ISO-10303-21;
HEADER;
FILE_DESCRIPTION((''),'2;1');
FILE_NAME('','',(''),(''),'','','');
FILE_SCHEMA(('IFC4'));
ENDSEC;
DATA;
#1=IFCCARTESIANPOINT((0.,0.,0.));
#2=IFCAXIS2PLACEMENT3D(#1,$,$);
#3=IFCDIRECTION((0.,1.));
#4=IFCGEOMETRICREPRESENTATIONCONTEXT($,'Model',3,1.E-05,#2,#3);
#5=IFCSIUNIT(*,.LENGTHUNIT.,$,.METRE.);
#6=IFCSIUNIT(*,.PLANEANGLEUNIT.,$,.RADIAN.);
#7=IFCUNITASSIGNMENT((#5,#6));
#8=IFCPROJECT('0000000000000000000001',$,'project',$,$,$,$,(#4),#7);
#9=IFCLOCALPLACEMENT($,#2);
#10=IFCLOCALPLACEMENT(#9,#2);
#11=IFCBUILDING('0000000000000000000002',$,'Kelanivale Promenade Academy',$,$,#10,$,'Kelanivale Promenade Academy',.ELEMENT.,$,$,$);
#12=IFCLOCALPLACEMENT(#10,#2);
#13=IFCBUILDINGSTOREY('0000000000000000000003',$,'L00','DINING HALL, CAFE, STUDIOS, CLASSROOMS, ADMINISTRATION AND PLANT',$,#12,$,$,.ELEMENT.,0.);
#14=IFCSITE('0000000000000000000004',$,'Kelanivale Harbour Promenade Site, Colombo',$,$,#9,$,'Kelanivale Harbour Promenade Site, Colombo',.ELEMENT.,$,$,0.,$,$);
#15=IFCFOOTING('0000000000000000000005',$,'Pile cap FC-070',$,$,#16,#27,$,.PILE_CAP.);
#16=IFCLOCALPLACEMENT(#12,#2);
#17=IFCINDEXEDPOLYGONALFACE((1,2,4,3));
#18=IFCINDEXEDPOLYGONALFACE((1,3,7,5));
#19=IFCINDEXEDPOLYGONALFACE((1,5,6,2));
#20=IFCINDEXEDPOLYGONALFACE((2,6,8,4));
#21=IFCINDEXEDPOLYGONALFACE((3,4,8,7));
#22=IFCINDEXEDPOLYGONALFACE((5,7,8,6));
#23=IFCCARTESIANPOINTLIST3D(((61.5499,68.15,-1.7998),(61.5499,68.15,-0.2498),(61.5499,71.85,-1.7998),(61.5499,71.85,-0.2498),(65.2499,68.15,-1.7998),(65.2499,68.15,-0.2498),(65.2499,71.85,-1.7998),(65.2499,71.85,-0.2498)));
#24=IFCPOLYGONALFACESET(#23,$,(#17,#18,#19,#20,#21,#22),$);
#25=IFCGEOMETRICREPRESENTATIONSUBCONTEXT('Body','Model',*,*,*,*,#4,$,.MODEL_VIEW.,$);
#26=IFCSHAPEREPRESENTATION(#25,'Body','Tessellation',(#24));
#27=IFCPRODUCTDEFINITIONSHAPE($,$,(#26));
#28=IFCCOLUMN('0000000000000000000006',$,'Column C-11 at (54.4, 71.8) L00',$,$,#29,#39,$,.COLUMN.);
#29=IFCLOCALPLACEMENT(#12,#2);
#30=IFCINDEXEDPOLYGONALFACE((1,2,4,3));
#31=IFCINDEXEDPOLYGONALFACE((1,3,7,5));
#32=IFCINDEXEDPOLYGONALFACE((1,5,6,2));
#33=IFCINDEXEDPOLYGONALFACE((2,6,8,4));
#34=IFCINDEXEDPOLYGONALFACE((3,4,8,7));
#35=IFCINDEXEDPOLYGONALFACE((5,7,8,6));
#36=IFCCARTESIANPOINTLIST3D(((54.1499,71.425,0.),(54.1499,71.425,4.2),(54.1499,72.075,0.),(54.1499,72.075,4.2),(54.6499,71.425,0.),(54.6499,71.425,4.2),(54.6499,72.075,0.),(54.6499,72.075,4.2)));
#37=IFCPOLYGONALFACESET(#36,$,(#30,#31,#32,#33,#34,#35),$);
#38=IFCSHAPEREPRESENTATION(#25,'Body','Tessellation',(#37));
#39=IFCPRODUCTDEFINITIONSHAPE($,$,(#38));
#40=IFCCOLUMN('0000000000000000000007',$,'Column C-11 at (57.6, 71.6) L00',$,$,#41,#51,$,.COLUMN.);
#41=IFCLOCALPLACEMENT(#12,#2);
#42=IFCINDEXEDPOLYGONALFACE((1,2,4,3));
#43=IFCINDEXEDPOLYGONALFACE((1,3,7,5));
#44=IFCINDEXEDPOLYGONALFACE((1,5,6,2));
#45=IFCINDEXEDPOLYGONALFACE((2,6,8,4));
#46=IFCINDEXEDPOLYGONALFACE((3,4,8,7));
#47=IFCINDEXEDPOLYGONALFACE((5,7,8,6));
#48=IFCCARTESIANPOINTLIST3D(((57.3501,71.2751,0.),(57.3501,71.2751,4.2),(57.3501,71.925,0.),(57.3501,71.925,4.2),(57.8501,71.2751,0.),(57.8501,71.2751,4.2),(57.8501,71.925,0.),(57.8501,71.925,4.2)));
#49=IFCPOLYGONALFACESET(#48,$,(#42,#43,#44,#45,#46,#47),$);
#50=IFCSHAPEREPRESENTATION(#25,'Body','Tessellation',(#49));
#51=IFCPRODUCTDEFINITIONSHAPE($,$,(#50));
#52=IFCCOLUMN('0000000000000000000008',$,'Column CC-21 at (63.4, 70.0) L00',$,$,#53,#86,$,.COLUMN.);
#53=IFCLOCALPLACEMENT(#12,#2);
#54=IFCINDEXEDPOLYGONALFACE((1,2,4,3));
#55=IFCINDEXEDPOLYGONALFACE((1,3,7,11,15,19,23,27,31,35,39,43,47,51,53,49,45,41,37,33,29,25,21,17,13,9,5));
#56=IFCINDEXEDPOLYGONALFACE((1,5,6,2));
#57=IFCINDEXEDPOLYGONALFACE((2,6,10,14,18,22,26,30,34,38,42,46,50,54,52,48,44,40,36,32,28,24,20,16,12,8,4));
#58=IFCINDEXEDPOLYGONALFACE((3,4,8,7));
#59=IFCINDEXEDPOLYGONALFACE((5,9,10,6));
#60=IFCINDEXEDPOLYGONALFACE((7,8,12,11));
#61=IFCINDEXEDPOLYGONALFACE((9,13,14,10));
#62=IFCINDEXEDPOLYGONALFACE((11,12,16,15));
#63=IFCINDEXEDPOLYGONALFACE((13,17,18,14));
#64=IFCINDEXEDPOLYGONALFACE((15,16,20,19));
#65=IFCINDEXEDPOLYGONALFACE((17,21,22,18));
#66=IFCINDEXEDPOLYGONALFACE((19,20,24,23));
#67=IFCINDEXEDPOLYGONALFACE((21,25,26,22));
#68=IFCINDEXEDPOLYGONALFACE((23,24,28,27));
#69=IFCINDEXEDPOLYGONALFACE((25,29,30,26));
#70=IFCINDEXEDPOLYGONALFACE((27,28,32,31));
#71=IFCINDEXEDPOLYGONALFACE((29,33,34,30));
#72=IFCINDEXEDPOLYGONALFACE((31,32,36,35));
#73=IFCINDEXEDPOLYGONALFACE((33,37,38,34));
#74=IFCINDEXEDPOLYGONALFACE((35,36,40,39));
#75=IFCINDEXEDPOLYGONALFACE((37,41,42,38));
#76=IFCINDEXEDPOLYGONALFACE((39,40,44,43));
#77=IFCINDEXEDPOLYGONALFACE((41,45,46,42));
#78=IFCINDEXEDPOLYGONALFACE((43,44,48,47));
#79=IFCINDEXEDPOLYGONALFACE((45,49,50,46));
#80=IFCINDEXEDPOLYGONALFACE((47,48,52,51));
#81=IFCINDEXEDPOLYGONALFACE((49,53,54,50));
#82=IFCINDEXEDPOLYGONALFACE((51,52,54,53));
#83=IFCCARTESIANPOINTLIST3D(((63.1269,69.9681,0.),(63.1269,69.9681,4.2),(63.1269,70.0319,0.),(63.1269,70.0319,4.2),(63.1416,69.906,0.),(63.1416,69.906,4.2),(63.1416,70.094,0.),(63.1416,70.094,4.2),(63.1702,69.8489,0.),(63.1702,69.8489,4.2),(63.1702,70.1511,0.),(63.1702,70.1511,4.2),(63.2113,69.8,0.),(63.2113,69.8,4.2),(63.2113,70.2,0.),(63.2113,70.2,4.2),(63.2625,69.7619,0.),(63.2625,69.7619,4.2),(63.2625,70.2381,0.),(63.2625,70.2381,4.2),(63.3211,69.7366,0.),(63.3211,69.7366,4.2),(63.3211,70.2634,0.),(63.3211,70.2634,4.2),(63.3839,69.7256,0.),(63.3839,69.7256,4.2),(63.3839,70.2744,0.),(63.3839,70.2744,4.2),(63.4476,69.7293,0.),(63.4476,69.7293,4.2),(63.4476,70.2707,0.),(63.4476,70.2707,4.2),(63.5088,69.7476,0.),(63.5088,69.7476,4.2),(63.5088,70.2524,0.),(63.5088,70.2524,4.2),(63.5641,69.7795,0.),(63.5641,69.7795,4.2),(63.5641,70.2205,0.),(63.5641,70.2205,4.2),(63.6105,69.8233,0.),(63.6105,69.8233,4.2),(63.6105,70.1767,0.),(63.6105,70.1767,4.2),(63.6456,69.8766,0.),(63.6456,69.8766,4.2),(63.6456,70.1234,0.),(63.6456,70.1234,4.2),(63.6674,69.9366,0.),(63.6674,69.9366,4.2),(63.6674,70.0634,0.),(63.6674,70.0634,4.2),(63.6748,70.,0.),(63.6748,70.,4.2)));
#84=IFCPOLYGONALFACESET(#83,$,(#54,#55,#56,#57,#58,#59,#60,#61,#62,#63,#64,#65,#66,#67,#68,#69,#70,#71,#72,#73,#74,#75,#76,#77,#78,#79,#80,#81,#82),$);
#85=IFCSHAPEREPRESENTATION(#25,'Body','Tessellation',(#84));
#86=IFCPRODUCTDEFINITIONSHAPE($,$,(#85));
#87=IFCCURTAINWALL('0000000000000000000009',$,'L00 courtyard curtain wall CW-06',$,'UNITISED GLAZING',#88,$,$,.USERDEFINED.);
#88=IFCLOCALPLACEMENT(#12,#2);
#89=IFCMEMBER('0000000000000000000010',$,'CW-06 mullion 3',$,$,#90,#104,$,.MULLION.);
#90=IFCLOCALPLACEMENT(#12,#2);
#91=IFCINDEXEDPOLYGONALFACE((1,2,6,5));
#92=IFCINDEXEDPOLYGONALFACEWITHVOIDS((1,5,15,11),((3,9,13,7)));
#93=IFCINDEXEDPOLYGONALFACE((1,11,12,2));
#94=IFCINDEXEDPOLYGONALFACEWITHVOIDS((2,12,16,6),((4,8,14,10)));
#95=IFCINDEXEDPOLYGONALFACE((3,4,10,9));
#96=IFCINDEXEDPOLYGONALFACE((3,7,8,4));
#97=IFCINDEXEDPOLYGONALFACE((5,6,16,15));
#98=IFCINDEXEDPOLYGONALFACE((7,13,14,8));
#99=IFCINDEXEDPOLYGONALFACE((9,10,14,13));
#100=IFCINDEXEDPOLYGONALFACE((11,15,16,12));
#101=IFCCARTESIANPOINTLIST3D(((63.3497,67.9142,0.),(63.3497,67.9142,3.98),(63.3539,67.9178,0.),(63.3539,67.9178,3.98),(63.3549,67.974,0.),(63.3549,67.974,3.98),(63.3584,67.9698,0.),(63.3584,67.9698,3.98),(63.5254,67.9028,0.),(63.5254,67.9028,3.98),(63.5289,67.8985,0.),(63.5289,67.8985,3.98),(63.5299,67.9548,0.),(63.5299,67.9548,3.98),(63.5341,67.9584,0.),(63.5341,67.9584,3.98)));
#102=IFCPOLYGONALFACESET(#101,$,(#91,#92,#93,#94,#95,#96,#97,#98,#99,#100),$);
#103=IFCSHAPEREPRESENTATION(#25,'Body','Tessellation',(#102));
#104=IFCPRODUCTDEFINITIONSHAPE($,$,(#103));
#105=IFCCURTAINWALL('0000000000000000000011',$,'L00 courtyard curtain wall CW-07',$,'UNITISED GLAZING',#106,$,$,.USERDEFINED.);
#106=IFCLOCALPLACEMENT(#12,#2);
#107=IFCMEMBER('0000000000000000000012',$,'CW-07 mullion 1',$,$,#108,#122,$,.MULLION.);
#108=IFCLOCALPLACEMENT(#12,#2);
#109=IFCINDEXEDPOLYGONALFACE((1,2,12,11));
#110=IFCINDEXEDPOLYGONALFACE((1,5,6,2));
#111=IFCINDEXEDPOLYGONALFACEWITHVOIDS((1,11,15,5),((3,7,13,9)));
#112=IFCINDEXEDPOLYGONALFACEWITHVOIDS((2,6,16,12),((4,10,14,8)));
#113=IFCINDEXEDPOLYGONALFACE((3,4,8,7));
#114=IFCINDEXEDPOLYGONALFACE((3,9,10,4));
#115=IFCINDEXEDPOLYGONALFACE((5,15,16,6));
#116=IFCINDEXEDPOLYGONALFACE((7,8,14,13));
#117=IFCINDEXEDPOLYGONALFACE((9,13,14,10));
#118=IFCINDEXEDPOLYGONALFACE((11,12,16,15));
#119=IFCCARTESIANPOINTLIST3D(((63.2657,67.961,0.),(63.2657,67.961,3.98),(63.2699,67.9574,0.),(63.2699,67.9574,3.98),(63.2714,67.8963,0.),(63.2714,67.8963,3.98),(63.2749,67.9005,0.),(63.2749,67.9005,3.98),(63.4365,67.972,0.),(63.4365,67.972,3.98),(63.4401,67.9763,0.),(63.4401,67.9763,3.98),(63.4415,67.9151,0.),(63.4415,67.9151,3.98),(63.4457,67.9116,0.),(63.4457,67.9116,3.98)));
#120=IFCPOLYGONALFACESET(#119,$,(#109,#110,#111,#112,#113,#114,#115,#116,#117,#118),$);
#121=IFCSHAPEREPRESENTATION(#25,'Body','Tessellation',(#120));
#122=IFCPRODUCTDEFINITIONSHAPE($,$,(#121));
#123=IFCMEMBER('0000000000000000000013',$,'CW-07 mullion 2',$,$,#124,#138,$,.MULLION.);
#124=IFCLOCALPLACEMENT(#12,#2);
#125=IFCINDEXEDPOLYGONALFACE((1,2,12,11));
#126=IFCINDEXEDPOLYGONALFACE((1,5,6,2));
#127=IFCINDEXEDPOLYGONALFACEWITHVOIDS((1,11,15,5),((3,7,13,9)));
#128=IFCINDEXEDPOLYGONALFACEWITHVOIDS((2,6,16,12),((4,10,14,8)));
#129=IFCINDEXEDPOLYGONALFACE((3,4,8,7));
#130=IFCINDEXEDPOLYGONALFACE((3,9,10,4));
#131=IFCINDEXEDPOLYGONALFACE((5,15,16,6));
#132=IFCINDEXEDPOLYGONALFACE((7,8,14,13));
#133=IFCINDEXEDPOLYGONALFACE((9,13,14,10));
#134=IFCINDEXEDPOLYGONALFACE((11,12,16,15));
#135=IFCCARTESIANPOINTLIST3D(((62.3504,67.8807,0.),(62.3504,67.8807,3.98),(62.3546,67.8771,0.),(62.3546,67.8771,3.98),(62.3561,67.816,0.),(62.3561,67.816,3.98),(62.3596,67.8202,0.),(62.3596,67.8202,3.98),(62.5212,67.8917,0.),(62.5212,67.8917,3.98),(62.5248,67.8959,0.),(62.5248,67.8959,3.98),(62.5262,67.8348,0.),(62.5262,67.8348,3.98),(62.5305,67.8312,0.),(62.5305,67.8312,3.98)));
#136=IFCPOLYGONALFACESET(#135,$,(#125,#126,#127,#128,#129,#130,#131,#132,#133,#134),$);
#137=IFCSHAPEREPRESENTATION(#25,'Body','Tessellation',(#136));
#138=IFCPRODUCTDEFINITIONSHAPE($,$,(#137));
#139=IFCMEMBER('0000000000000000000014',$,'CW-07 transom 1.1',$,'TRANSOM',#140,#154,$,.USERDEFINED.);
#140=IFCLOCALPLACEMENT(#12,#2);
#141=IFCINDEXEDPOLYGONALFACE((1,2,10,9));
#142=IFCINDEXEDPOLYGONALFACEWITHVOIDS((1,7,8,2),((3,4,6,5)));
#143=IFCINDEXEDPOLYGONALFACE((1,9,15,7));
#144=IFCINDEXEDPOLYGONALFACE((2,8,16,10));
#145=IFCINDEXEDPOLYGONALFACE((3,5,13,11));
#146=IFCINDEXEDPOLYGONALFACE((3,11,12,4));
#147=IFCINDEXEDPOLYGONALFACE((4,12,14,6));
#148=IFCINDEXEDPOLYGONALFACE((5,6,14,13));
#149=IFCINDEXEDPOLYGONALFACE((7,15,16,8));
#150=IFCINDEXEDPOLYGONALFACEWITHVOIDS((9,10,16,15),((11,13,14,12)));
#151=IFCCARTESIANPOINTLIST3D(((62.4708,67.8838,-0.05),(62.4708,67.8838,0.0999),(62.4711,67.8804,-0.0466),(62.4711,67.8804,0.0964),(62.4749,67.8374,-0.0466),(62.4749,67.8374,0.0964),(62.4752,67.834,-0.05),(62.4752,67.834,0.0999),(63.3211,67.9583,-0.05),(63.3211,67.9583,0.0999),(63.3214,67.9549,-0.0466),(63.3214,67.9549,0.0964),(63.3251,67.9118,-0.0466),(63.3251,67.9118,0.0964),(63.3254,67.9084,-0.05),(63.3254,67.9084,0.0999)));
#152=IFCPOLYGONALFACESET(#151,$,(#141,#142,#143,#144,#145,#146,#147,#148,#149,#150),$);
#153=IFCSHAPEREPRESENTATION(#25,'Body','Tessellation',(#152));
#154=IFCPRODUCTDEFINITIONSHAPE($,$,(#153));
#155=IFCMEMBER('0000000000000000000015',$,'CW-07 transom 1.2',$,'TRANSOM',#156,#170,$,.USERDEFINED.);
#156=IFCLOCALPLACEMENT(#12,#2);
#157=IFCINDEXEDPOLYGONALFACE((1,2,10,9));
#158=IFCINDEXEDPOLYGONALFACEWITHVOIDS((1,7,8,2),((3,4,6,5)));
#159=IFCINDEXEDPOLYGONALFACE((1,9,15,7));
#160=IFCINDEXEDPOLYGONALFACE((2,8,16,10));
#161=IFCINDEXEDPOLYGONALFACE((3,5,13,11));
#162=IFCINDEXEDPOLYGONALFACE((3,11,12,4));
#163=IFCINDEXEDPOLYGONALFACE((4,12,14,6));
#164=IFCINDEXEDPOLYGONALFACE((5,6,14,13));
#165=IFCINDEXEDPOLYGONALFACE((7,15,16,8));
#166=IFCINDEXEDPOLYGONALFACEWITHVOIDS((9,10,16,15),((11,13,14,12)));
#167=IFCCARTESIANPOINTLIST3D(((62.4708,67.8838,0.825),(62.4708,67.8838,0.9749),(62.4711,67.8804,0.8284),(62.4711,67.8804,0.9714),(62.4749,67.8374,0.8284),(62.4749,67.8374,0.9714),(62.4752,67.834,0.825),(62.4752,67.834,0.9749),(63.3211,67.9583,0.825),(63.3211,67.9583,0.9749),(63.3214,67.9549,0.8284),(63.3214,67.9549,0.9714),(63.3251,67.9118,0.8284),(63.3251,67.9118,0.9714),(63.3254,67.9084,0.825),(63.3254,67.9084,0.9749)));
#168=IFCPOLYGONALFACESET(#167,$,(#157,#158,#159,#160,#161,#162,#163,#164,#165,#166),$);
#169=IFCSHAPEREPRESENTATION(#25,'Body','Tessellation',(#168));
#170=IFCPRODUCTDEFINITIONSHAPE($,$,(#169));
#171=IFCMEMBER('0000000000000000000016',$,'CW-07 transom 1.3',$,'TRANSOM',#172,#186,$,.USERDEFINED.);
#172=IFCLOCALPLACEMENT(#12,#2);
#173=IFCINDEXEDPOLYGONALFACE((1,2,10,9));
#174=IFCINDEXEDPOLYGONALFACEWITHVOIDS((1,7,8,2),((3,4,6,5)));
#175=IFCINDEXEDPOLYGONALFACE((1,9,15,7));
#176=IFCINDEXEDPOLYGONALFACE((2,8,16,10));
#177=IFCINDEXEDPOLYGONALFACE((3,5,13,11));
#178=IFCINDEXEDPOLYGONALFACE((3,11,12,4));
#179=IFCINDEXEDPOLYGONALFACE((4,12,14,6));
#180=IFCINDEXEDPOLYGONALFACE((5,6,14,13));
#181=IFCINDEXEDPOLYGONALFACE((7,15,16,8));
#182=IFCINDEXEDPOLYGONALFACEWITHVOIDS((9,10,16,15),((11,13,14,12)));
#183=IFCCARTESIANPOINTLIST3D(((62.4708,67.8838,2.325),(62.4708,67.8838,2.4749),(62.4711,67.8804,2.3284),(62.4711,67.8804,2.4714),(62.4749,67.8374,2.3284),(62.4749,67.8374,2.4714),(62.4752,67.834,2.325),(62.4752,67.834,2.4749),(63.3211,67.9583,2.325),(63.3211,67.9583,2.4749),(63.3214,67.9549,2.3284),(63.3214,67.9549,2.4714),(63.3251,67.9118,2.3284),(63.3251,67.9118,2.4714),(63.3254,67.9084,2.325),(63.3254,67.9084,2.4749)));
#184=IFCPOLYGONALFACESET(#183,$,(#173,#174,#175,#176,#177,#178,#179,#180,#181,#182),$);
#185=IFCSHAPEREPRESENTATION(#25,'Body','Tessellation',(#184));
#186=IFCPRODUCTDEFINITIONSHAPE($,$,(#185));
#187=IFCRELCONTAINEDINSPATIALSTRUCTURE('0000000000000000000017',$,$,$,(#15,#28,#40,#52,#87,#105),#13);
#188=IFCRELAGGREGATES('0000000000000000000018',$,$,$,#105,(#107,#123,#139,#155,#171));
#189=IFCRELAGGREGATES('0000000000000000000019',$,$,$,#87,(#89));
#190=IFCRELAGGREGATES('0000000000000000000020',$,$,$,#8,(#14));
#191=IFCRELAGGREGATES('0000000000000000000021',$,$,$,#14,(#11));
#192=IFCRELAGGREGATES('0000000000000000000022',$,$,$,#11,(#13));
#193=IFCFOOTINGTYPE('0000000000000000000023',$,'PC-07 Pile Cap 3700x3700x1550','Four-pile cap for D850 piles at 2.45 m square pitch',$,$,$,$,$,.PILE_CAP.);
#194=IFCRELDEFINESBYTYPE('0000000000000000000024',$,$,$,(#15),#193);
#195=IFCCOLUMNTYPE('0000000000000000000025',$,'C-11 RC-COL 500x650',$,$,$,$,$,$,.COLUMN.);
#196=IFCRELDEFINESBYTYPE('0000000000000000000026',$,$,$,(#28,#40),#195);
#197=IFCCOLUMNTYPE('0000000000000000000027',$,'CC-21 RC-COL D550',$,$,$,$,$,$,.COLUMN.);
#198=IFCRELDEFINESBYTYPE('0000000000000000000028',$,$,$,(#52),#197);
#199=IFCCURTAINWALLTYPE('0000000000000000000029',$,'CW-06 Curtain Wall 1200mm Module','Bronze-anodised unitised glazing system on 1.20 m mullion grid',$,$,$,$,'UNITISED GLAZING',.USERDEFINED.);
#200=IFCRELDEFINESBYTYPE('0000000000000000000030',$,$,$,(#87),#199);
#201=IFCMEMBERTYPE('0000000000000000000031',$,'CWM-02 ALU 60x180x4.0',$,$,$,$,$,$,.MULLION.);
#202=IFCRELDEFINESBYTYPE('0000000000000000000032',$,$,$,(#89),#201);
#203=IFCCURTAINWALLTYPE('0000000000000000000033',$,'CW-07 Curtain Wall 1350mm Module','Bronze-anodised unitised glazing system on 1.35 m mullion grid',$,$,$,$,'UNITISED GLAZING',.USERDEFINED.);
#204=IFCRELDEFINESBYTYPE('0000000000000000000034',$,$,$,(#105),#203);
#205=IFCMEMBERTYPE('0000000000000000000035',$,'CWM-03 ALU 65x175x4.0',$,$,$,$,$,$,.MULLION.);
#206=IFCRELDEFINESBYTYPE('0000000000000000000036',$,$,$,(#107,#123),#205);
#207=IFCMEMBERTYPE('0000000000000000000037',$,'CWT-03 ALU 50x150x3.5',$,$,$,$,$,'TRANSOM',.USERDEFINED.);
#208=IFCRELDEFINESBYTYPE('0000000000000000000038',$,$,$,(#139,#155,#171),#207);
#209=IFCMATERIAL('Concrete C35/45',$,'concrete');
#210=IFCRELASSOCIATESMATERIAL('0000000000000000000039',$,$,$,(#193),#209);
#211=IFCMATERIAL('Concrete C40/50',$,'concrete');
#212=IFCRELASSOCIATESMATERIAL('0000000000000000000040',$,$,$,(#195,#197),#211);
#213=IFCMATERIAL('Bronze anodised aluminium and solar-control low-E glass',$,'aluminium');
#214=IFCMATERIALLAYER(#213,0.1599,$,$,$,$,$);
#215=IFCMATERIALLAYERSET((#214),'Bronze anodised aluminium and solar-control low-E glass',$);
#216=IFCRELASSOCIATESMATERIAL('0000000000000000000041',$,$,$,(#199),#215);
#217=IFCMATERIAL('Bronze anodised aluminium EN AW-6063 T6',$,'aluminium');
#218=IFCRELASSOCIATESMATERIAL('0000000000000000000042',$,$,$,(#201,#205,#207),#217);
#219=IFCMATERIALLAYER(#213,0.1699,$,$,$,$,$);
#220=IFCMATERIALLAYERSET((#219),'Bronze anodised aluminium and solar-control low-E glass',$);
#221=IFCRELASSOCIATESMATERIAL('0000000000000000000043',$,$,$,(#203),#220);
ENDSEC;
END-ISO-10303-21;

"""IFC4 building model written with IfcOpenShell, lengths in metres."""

from ifc_helpers import new_model, si_unit, direction, frame, origin, origin_2d, place, context, subcontext, project, spatial, rectangle, hollow_rectangle, circle, extrude, material, layer, layer_set, material_profile, profile_set, type_object, element, aggregate, save


model = new_model("IFC4")

# Units and contexts
model_context = context("Model", 3, precision=1e-05, world=origin(), true_north=direction((0.0, 1.0)))
body_context = subcontext(model_context, "Body", "Model", "MODEL_VIEW")
ifc_project = project(units=[si_unit("LENGTHUNIT", "METRE"), si_unit("PLANEANGLEUNIT", "RADIAN")], contexts=[model_context])

# Site, building, storey
site_placement = place(None, origin())
site = spatial("IfcSite", under=ifc_project, at=site_placement, Name="Kelanivale Harbour Promenade Site, Colombo", LongName="Kelanivale Harbour Promenade Site, Colombo", CompositionType="ELEMENT", RefElevation=0.0)
building_placement = place(site_placement, origin())
building = spatial("IfcBuilding", under=site, at=building_placement, Name="Kelanivale Promenade Academy", LongName="Kelanivale Promenade Academy", CompositionType="ELEMENT")
storey_placement = place(building_placement, origin())
storey = spatial("IfcBuildingStorey", under=building, at=storey_placement, Name="L00", Description="DINING HALL, CAFE, STUDIOS, CLASSROOMS, ADMINISTRATION AND PLANT", CompositionType="ELEMENT", Elevation=0.0)

# Shared definitions
ifc_material_1 = material(Name="Concrete C35/45", Category="concrete")

# Footing
footing_type_1 = type_object("IfcFootingType", Name="PC-07 Pile Cap 3700x3700x1550", Description="Four-pile cap for D850 piles at 2.45 m square pitch", PredefinedType="PILE_CAP", material=ifc_material_1)
footing_1_placement = place(storey_placement, frame((63.3999, 70.0, -1.7998), z_axis=(0.0, 0.0, 1.0), x_axis=(1.0, 0.0, 0.0)))
element("IfcFooting", 1, at=footing_1_placement, inside=storey, type_object=footing_type_1, Name="Pile cap FC-070", PredefinedType="PILE_CAP", context=body_context, shape_type="SweptSolid", body=[
    extrude(rectangle(XDim=3.7, YDim=3.7, at=origin_2d()), origin(), (0.0, 0.0, 1.0), 1.55),
])

# Columns
ifc_material_2 = material(Name="Concrete C40/50", Category="concrete")
ifc_material_profile_1 = material_profile(ifc_material_2, rectangle(XDim=0.5, YDim=0.6499, at=origin_2d()), Name="RC-COL 500x650")
ifc_profile_set_1 = profile_set([ifc_material_profile_1], Name="Concrete C40/50")
column_type_1 = type_object("IfcColumnType", Name="C-11 RC-COL 500x650", PredefinedType="COLUMN", material=ifc_profile_set_1)
for number, where, z_axis, x_axis, name in (
    (2, (54.3999, 71.75, 0.0), (0.0, 0.0, 1.0), (1.0, 0.0, 0.0), "Column C-11 at (54.4, 71.8) L00"),
    (3, (57.6001, 71.6001, 0.0), (0.0, 0.0, 1.0), (1.0, 0.0, 0.0), "Column C-11 at (57.6, 71.6) L00"),
):
    element("IfcColumn", number, at=place(storey_placement, frame(where, z_axis=z_axis, x_axis=x_axis)), inside=storey, type_object=column_type_1, Name=name, PredefinedType="COLUMN", context=body_context, shape_type="SweptSolid", body=[
        extrude(rectangle(XDim=0.5, YDim=0.6499, at=origin_2d()), origin(), (0.0, 0.0, 1.0), 4.2),
    ])
ifc_material_profile_2 = material_profile(ifc_material_2, circle(Radius=0.2749, at=origin_2d()), Name="RC-COL D550")
ifc_profile_set_2 = profile_set([ifc_material_profile_2], Name="Concrete C40/50")
column_type_2 = type_object("IfcColumnType", Name="CC-21 RC-COL D550", PredefinedType="COLUMN", material=ifc_profile_set_2)
column_placement = place(storey_placement, frame((63.3999, 70.0, 0.0), z_axis=(0.0, 0.0, 1.0), x_axis=(1.0, 0.0, 0.0)))
element("IfcColumn", 4, at=column_placement, inside=storey, type_object=column_type_2, Name="Column CC-21 at (63.4, 70.0) L00", PredefinedType="COLUMN", context=body_context, shape_type="SweptSolid", body=[
    extrude(circle(Radius=0.2749, at=origin_2d()), origin(), (0.0, 0.0, 1.0), 4.2),
])

# Curtain wall, member
ifc_material_3 = material(Name="Bronze anodised aluminium and solar-control low-E glass", Category="aluminium")
ifc_layer_1 = layer(ifc_material_3, 0.1599)
ifc_layer_set_1 = layer_set([ifc_layer_1], Name="Bronze anodised aluminium and solar-control low-E glass")
curtain_wall_type_1 = type_object("IfcCurtainWallType", Name="CW-06 Curtain Wall 1200mm Module", Description="Bronze-anodised unitised glazing system on 1.20 m mullion grid", ElementType="UNITISED GLAZING", PredefinedType="USERDEFINED", material=ifc_layer_set_1)
curtain_wall_1_placement = place(storey_placement, origin())
curtain_wall_1 = element("IfcCurtainWall", 5, at=curtain_wall_1_placement, inside=storey, type_object=curtain_wall_type_1, Name="L00 courtyard curtain wall CW-06", ObjectType="UNITISED GLAZING", PredefinedType="USERDEFINED")
ifc_material_4 = material(Name="Bronze anodised aluminium EN AW-6063 T6", Category="aluminium")
ifc_material_profile_3 = material_profile(ifc_material_4, hollow_rectangle(XDim=0.0601, YDim=0.1799, WallThickness=0.0039, at=origin_2d()), Name="ALU 60x180x4.0")
ifc_profile_set_3 = profile_set([ifc_material_profile_3], Name="Bronze anodised aluminium EN AW-6063 T6")
member_type_1 = type_object("IfcMemberType", Name="CWM-02 ALU 60x180x4.0", PredefinedType="MULLION", material=ifc_profile_set_3)
member_1_placement = place(storey_placement, frame((63.4419, 67.9363, 0.0), z_axis=(0.0, 0.0, 1.0), x_axis=(-0.087102, -0.996199, 0.0)))
member_1 = element("IfcMember", 6, at=member_1_placement, type_object=member_type_1, Name="CW-06 mullion 3", PredefinedType="MULLION", context=body_context, shape_type="SweptSolid", body=[
    extrude(hollow_rectangle(XDim=0.0601, YDim=0.1799, WallThickness=0.0039, at=origin_2d()), origin(), (0.0, 0.0, 1.0), 3.98),
])

# Curtain wall, members
ifc_layer_2 = layer(ifc_material_3, 0.1699)
ifc_layer_set_2 = layer_set([ifc_layer_2], Name="Bronze anodised aluminium and solar-control low-E glass")
curtain_wall_type_2 = type_object("IfcCurtainWallType", Name="CW-07 Curtain Wall 1350mm Module", Description="Bronze-anodised unitised glazing system on 1.35 m mullion grid", ElementType="UNITISED GLAZING", PredefinedType="USERDEFINED", material=ifc_layer_set_2)
curtain_wall_2_placement = place(storey_placement, origin())
curtain_wall_2 = element("IfcCurtainWall", 7, at=curtain_wall_2_placement, inside=storey, type_object=curtain_wall_type_2, Name="L00 courtyard curtain wall CW-07", ObjectType="UNITISED GLAZING", PredefinedType="USERDEFINED")
ifc_material_profile_4 = material_profile(ifc_material_4, hollow_rectangle(XDim=0.0649, YDim=0.175, WallThickness=0.0039, at=origin_2d()), Name="ALU 65x175x4.0")
ifc_profile_set_4 = profile_set([ifc_material_profile_4], Name="Bronze anodised aluminium EN AW-6063 T6")
member_type_2 = type_object("IfcMemberType", Name="CWM-03 ALU 65x175x4.0", PredefinedType="MULLION", material=ifc_profile_set_4)
member_2_placement = place(storey_placement, frame((63.3557, 67.9363, 0.0), z_axis=(0.0, 0.0, 1.0), x_axis=(0.087265, -0.996185, 0.0)))
member_2 = element("IfcMember", 8, at=member_2_placement, type_object=member_type_2, Name="CW-07 mullion 1", PredefinedType="MULLION", context=body_context, shape_type="SweptSolid", body=[
    extrude(hollow_rectangle(XDim=0.0649, YDim=0.175, WallThickness=0.0039, at=origin_2d()), origin(), (0.0, 0.0, 1.0), 3.98),
])
member_3_placement = place(storey_placement, frame((62.4404, 67.856, 0.0), z_axis=(0.0, 0.0, 1.0), x_axis=(0.087265, -0.996185, 0.0)))
member_3 = element("IfcMember", 9, at=member_3_placement, type_object=member_type_2, Name="CW-07 mullion 2", PredefinedType="MULLION", context=body_context, shape_type="SweptSolid", body=[
    extrude(hollow_rectangle(XDim=0.0649, YDim=0.175, WallThickness=0.0039, at=origin_2d()), origin(), (0.0, 0.0, 1.0), 3.98),
])
ifc_material_profile_5 = material_profile(ifc_material_4, hollow_rectangle(XDim=0.05, YDim=0.1499, WallThickness=0.0034, at=origin_2d()), Name="ALU 50x150x3.5")
ifc_profile_set_5 = profile_set([ifc_material_profile_5], Name="Bronze anodised aluminium EN AW-6063 T6")
member_type_3 = type_object("IfcMemberType", Name="CWT-03 ALU 50x150x3.5", ElementType="TRANSOM", PredefinedType="USERDEFINED", material=ifc_profile_set_5)
member_4_placement = place(storey_placement, frame((63.3232, 67.9333, 0.0249), z_axis=(-0.996188, -0.087234, 0.0), x_axis=(0.087234, -0.996188, 0.0)))
member_4 = element("IfcMember", 10, at=member_4_placement, type_object=member_type_3, Name="CW-07 transom 1.1", ObjectType="TRANSOM", PredefinedType="USERDEFINED", context=body_context, shape_type="SweptSolid", body=[
    extrude(hollow_rectangle(XDim=0.05, YDim=0.1499, WallThickness=0.0034, at=origin_2d()), origin(), (0.0, 0.0, 1.0), 0.8535),
])
member_5_placement = place(storey_placement, frame((63.3232, 67.9333, 0.8999), z_axis=(-0.996188, -0.087234, 0.0), x_axis=(0.087234, -0.996188, 0.0)))
member_5 = element("IfcMember", 11, at=member_5_placement, type_object=member_type_3, Name="CW-07 transom 1.2", ObjectType="TRANSOM", PredefinedType="USERDEFINED", context=body_context, shape_type="SweptSolid", body=[
    extrude(hollow_rectangle(XDim=0.05, YDim=0.1499, WallThickness=0.0034, at=origin_2d()), origin(), (0.0, 0.0, 1.0), 0.8535),
])
member_6_placement = place(storey_placement, frame((63.3232, 67.9333, 2.3999), z_axis=(-0.996188, -0.087234, 0.0), x_axis=(0.087234, -0.996188, 0.0)))
member_6 = element("IfcMember", 12, at=member_6_placement, type_object=member_type_3, Name="CW-07 transom 1.3", ObjectType="TRANSOM", PredefinedType="USERDEFINED", context=body_context, shape_type="SweptSolid", body=[
    extrude(hollow_rectangle(XDim=0.05, YDim=0.1499, WallThickness=0.0034, at=origin_2d()), origin(), (0.0, 0.0, 1.0), 0.8535),
])
aggregate(curtain_wall_2, [member_2, member_3, member_4, member_5, member_6])

aggregate(curtain_wall_1, [member_1])

save(model, "model.ifc")
